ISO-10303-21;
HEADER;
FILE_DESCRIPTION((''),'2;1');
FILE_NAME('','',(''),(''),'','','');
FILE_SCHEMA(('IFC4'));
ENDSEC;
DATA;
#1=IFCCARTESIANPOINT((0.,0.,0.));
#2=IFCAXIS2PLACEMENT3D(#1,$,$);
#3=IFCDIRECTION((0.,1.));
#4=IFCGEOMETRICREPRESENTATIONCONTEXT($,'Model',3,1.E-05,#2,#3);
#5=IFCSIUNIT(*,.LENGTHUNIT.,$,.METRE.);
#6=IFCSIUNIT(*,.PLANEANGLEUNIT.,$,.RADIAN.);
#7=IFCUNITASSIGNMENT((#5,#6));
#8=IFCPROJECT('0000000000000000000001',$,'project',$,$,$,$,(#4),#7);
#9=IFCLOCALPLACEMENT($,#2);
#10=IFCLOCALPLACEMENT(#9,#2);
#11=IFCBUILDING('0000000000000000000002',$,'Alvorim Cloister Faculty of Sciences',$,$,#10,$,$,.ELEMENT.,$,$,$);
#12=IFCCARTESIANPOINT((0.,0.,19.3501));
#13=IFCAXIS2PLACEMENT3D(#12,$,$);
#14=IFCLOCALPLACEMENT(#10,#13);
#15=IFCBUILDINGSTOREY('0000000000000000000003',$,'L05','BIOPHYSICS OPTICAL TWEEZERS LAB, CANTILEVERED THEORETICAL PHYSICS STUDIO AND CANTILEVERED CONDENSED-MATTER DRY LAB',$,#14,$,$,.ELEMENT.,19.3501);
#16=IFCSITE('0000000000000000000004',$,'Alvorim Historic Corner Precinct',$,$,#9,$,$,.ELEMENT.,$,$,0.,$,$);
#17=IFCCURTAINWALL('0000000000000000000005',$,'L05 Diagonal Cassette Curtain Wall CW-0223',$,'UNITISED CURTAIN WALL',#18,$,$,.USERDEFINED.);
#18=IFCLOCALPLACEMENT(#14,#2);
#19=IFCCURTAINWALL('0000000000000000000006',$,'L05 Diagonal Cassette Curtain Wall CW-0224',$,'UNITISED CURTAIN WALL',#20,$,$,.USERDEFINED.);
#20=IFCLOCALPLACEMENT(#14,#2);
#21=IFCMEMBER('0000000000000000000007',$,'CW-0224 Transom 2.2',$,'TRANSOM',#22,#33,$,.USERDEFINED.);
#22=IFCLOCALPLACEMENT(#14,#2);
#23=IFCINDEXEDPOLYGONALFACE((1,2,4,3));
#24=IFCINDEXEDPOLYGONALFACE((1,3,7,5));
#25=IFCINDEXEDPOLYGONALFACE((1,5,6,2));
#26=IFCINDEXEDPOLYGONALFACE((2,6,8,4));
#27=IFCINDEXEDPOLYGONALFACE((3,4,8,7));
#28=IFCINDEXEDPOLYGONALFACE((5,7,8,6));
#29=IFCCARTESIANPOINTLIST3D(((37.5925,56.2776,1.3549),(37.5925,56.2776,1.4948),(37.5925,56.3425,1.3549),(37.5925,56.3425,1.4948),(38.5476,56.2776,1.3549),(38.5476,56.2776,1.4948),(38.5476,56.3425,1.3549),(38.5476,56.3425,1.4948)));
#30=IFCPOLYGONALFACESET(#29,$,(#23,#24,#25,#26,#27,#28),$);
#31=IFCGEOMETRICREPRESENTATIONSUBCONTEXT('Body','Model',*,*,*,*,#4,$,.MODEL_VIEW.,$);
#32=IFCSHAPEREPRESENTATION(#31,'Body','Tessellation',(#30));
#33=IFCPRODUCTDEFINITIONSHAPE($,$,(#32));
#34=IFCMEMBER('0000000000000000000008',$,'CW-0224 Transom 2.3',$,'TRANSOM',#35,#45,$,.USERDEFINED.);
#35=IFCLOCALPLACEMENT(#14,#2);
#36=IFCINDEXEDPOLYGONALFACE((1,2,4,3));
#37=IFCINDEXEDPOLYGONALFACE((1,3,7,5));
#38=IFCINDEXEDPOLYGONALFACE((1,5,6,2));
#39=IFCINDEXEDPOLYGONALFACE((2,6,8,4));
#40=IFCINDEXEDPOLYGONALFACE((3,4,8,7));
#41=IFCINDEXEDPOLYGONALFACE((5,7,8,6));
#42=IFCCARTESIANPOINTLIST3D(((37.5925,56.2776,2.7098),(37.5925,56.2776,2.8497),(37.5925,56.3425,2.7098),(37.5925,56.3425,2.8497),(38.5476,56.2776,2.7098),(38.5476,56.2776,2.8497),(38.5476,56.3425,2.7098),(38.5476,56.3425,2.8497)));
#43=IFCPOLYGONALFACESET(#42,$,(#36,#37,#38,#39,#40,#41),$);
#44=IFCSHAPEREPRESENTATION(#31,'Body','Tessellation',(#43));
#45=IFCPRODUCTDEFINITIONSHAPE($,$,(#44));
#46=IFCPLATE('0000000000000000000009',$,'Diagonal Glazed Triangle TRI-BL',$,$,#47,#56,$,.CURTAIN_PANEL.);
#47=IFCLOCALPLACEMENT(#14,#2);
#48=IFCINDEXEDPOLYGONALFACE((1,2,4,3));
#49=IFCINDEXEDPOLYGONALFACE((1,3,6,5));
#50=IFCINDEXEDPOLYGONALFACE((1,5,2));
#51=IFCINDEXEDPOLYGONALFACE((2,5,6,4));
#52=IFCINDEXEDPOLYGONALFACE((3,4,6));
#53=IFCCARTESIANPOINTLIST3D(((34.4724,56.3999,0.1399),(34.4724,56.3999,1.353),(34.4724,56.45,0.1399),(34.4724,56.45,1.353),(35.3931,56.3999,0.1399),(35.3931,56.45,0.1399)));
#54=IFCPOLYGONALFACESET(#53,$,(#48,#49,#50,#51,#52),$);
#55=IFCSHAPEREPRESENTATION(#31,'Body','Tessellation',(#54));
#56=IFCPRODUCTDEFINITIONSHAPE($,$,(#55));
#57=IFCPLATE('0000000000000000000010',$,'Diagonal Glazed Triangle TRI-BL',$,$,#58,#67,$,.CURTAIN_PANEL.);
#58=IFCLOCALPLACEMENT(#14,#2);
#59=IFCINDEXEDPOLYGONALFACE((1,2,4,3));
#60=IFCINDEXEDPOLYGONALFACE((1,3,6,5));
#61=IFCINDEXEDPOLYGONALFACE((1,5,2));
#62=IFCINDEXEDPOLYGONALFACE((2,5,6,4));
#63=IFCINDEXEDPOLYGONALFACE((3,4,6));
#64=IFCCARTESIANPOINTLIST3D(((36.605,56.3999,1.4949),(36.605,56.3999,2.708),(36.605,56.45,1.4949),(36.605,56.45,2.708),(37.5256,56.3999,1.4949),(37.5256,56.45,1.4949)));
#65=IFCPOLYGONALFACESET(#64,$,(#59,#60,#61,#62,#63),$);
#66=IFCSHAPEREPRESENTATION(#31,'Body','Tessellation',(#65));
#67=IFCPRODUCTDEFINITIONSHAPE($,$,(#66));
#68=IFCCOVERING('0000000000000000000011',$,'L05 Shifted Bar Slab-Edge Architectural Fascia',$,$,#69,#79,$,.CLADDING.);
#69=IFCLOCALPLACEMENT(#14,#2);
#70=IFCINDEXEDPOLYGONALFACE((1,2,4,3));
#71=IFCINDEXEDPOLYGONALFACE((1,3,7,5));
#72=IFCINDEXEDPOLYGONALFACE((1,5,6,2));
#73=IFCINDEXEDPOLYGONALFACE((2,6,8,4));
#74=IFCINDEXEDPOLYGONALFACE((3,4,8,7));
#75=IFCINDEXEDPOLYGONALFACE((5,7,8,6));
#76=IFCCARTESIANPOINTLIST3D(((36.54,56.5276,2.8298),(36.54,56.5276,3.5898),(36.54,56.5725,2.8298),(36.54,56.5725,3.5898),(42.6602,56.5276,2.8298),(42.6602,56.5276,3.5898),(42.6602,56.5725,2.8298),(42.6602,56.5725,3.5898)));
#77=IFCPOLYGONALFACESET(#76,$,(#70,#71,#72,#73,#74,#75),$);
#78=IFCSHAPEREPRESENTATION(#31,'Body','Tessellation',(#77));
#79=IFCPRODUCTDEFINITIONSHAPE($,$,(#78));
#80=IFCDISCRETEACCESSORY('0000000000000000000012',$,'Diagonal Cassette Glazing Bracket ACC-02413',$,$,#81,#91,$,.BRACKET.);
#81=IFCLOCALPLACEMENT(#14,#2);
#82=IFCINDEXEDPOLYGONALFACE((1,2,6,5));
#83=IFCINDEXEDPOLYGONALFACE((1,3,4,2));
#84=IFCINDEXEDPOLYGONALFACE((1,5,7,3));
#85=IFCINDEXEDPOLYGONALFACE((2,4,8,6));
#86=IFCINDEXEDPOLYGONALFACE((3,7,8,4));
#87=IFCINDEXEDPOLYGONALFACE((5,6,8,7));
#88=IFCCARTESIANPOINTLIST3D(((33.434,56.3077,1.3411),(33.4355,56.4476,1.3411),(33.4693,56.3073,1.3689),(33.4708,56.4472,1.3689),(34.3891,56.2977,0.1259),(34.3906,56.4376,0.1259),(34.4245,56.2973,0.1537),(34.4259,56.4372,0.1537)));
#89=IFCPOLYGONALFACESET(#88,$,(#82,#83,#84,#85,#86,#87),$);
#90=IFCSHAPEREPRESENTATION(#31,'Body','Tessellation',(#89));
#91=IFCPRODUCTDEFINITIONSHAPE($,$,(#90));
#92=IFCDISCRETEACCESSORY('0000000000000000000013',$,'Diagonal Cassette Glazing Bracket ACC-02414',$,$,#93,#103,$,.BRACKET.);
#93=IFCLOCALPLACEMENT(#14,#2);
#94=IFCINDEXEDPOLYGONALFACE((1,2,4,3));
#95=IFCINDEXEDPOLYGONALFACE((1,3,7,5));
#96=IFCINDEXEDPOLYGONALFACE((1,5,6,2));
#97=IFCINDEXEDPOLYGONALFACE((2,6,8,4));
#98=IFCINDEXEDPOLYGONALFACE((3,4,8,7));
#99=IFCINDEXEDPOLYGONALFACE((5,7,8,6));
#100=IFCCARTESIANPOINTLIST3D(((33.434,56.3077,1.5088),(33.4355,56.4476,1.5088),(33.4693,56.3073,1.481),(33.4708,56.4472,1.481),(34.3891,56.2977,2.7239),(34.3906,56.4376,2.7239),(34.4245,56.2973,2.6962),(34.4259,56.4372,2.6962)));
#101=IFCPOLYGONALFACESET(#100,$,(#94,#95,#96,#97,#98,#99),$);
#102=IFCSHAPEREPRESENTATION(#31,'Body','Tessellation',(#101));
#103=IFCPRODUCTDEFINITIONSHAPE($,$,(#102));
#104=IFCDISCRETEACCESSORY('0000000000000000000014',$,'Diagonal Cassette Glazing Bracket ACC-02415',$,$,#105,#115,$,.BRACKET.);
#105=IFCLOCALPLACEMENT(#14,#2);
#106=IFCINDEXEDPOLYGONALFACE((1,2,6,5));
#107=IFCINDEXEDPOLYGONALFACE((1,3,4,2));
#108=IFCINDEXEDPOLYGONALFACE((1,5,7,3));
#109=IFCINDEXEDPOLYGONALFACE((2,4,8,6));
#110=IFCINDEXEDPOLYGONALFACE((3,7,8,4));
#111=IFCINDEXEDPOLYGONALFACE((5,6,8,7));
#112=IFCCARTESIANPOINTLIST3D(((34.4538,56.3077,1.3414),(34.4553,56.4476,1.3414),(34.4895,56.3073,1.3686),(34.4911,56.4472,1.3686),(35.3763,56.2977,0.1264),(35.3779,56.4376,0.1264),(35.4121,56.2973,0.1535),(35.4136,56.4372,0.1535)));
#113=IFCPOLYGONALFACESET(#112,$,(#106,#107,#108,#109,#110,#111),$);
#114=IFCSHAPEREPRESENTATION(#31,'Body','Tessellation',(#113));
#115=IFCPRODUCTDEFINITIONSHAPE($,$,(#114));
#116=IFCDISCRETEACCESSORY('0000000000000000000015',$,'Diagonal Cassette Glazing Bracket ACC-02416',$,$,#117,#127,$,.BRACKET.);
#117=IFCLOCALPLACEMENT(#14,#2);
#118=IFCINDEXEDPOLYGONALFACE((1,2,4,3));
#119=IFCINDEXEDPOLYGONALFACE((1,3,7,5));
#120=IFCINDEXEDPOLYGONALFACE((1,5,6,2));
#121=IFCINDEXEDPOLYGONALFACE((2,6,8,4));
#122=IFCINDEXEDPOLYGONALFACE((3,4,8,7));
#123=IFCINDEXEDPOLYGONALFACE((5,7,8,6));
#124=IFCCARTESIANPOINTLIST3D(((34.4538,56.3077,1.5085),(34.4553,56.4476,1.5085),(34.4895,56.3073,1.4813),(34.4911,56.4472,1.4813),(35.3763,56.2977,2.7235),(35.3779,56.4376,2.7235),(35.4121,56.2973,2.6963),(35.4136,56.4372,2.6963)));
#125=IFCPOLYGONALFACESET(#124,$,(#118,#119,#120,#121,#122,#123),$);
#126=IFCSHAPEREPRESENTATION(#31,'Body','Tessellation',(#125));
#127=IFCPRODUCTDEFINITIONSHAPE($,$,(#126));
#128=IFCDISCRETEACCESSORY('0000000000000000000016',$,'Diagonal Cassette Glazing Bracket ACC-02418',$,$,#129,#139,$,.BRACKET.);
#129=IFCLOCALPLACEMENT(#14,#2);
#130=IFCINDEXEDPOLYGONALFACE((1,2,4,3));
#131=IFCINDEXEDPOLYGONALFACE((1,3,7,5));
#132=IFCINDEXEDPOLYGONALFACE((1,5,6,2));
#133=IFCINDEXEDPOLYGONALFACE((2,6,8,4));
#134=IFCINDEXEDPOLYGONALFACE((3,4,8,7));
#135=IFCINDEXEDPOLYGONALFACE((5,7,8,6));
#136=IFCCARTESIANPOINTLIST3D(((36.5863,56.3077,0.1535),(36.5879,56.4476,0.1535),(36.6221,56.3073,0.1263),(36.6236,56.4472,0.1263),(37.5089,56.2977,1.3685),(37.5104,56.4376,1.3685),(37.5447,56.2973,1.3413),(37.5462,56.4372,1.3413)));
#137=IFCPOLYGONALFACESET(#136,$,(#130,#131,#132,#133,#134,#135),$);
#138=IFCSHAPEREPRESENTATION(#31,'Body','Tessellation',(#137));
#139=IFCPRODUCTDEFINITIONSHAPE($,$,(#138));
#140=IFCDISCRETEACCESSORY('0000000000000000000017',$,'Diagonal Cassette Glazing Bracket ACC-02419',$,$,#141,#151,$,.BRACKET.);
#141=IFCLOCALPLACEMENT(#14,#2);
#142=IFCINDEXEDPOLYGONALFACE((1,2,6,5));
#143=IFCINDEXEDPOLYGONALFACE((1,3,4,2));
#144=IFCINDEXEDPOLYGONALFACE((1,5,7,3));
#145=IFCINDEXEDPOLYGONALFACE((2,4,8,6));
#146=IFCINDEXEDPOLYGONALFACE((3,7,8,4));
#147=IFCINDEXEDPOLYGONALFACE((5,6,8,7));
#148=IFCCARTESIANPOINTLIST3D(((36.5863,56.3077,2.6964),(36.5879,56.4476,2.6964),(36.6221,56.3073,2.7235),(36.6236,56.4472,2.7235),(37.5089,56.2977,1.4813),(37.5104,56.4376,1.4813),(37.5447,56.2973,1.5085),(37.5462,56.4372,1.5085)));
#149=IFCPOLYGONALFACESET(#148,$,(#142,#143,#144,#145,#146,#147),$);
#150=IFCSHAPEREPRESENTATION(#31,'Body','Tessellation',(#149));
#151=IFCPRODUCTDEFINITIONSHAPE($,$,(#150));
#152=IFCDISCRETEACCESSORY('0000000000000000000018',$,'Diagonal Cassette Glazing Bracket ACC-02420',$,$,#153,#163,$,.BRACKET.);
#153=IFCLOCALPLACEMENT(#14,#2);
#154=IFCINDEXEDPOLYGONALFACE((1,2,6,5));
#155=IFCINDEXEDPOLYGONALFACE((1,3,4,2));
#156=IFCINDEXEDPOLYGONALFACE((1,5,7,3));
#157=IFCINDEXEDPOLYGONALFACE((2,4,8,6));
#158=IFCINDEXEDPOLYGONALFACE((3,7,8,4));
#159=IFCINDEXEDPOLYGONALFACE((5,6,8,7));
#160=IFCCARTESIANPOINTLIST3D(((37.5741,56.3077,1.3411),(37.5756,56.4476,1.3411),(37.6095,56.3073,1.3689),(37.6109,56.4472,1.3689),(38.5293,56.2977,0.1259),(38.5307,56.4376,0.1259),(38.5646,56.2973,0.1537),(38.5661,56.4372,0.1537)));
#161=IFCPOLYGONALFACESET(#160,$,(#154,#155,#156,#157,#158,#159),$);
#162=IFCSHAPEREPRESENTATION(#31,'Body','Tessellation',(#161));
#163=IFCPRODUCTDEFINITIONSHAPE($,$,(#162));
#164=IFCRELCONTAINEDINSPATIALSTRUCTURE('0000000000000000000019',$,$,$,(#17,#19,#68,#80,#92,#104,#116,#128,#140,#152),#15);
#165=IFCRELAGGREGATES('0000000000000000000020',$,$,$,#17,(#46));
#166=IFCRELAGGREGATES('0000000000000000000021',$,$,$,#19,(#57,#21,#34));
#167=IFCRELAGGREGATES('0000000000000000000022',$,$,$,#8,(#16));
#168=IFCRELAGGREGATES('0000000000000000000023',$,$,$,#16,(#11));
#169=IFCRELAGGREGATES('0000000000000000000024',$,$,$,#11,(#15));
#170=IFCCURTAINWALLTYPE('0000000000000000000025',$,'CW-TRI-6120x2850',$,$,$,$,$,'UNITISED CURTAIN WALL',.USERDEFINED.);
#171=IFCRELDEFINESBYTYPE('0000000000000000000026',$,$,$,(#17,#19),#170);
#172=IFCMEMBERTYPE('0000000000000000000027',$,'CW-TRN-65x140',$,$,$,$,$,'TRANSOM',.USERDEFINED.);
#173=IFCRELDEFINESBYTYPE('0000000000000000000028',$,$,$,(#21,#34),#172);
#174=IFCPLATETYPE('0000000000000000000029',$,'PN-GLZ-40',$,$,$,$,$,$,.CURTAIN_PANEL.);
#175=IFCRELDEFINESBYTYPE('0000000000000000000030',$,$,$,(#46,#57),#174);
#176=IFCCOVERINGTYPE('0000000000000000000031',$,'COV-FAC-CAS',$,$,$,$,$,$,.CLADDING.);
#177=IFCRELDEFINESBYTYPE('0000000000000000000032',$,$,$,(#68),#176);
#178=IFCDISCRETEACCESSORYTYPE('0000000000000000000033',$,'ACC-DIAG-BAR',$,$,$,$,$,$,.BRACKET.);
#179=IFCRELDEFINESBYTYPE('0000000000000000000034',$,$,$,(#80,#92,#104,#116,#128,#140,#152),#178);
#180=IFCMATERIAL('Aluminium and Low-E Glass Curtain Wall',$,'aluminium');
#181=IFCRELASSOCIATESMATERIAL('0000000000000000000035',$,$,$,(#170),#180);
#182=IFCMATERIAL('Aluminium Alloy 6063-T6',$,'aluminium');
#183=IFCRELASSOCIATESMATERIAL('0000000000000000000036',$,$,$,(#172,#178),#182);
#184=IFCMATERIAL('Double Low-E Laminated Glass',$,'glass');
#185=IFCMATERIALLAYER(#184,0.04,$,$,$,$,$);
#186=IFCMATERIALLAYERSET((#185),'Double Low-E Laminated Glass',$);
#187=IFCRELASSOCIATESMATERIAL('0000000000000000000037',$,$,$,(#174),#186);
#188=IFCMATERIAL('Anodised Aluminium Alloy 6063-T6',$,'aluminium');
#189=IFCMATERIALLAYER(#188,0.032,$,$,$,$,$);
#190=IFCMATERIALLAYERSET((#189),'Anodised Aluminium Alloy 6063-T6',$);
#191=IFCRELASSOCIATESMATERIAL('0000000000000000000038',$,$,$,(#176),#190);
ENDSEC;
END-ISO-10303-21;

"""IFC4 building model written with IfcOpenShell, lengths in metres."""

from ifc_helpers import new_model, si_unit, direction, frame, origin, origin_2d, place, context, subcontext, project, spatial, polyline, rectangle, outline, extrude, material, layer, layer_set, material_profile, profile_set, type_object, element, aggregate, save


model = new_model("IFC4")

# Units and contexts
model_context = context("Model", 3, precision=1e-05, world=origin(), true_north=direction((0.0, 1.0)))
body_context = subcontext(model_context, "Body", "Model", "MODEL_VIEW")
ifc_project = project(units=[si_unit("LENGTHUNIT", "METRE"), si_unit("PLANEANGLEUNIT", "RADIAN")], contexts=[model_context])

# Site, building, storey
site_placement = place(None, origin())
site = spatial("IfcSite", under=ifc_project, at=site_placement, Name="Alvorim Historic Corner Precinct", CompositionType="ELEMENT", RefElevation=0.0)
building_placement = place(site_placement, origin())
building = spatial("IfcBuilding", under=site, at=building_placement, Name="Alvorim Cloister Faculty of Sciences", CompositionType="ELEMENT")
storey_placement = place(building_placement, frame((0.0, 0.0, 19.3501)))
storey = spatial("IfcBuildingStorey", under=building, at=storey_placement, Name="L05", Description="BIOPHYSICS OPTICAL TWEEZERS LAB, CANTILEVERED THEORETICAL PHYSICS STUDIO AND CANTILEVERED CONDENSED-MATTER DRY LAB", CompositionType="ELEMENT", Elevation=19.3501)

# Curtain walls
ifc_material_1 = material(Name="Aluminium and Low-E Glass Curtain Wall", Category="aluminium")
curtain_wall_type = type_object("IfcCurtainWallType", Name="CW-TRI-6120x2850", ElementType="UNITISED CURTAIN WALL", PredefinedType="USERDEFINED", material=ifc_material_1)
curtain_wall_1_placement = place(storey_placement, origin())
curtain_wall_1 = element("IfcCurtainWall", 1, at=curtain_wall_1_placement, inside=storey, type_object=curtain_wall_type, Name="L05 Diagonal Cassette Curtain Wall CW-0223", ObjectType="UNITISED CURTAIN WALL", PredefinedType="USERDEFINED")
ifc_material_2 = material(Name="Aluminium Alloy 6063-T6", Category="aluminium")
curtain_wall_2_placement = place(storey_placement, origin())
curtain_wall_2 = element("IfcCurtainWall", 2, at=curtain_wall_2_placement, inside=storey, type_object=curtain_wall_type, Name="L05 Diagonal Cassette Curtain Wall CW-0224", ObjectType="UNITISED CURTAIN WALL", PredefinedType="USERDEFINED")

# Members
ifc_material_profile_1 = material_profile(ifc_material_2, rectangle(XDim=0.0649, YDim=0.1399, at=origin_2d()), Name="ALU-TRN-65x140")
ifc_profile_set_1 = profile_set([ifc_material_profile_1], Name="Aluminium Alloy 6063-T6")
member_type_1 = type_object("IfcMemberType", Name="CW-TRN-65x140", ElementType="TRANSOM", PredefinedType="USERDEFINED", material=ifc_profile_set_1)
member_1_placement = place(storey_placement, frame((37.5925, 56.3101, 1.4248), z_axis=(1.0, 0.0, 0.0), x_axis=(0.0, 1.0, 0.0)))
member_1 = element("IfcMember", 3, at=member_1_placement, type_object=member_type_1, Name="CW-0224 Transom 2.2", ObjectType="TRANSOM", PredefinedType="USERDEFINED", context=body_context, shape_type="SweptSolid", body=[
    extrude(rectangle(XDim=0.0649, YDim=0.1399, at=origin_2d()), origin(), (0.0, 0.0, 1.0), 0.9551),
])
member_2_placement = place(storey_placement, frame((37.5925, 56.3101, 2.7798), z_axis=(1.0, 0.0, 0.0), x_axis=(0.0, 1.0, 0.0)))
member_2 = element("IfcMember", 4, at=member_2_placement, type_object=member_type_1, Name="CW-0224 Transom 2.3", ObjectType="TRANSOM", PredefinedType="USERDEFINED", context=body_context, shape_type="SweptSolid", body=[
    extrude(rectangle(XDim=0.0649, YDim=0.1399, at=origin_2d()), origin(), (0.0, 0.0, 1.0), 0.9551),
])

# Plates
ifc_material_3 = material(Name="Double Low-E Laminated Glass", Category="glass")
ifc_layer_1 = layer(ifc_material_3, 0.04)
ifc_layer_set_1 = layer_set([ifc_layer_1], Name="Double Low-E Laminated Glass")
plate_type = type_object("IfcPlateType", Name="PN-GLZ-40", PredefinedType="CURTAIN_PANEL", material=ifc_layer_set_1)
plate_1_placement = place(storey_placement, frame((34.4724, 56.425, 0.1399), z_axis=(0.0, 0.0, 1.0), x_axis=(1.0, 0.0, 0.0)))
plate_1 = element("IfcPlate", 5, at=plate_1_placement, type_object=plate_type, Name="Diagonal Glazed Triangle TRI-BL", PredefinedType="CURTAIN_PANEL", context=body_context, shape_type="SweptSolid", body=[
    extrude(outline(polyline([(0.0, 0.0), (0.9207, 0.0), (0.0, 1.2131), (0.0, 0.0)])), frame((0.0, 0.0249, 0.0), z_axis=(0.0, -1.0, 0.0), x_axis=(1.0, 0.0, 0.0)), (0.0, 0.0, 1.0), 0.05),
])
aggregate(curtain_wall_1, [plate_1])
plate_2_placement = place(storey_placement, frame((36.605, 56.425, 1.4949), z_axis=(0.0, 0.0, 1.0), x_axis=(1.0, 0.0, 0.0)))
plate_2 = element("IfcPlate", 6, at=plate_2_placement, type_object=plate_type, Name="Diagonal Glazed Triangle TRI-BL", PredefinedType="CURTAIN_PANEL", context=body_context, shape_type="SweptSolid", body=[
    extrude(outline(polyline([(0.0, 0.0), (0.9207, 0.0), (0.0, 1.2131), (0.0, 0.0)])), frame((0.0, 0.0249, 0.0), z_axis=(0.0, -1.0, 0.0), x_axis=(1.0, 0.0, 0.0)), (0.0, 0.0, 1.0), 0.05),
])
aggregate(curtain_wall_2, [plate_2, member_1, member_2])

# Covering
ifc_material_4 = material(Name="Anodised Aluminium Alloy 6063-T6", Category="aluminium")
ifc_layer_2 = layer(ifc_material_4, 0.032)
ifc_layer_set_2 = layer_set([ifc_layer_2], Name="Anodised Aluminium Alloy 6063-T6")
covering_type = type_object("IfcCoveringType", Name="COV-FAC-CAS", PredefinedType="CLADDING", material=ifc_layer_set_2)
covering_placement = place(storey_placement, frame((36.54, 56.55, 2.8298), z_axis=(0.0, 0.0, 1.0), x_axis=(1.0, 0.0, 0.0)))
element("IfcCovering", 7, at=covering_placement, inside=storey, type_object=covering_type, Name="L05 Shifted Bar Slab-Edge Architectural Fascia", PredefinedType="CLADDING", context=body_context, shape_type="SweptSolid", body=[
    extrude(outline(polyline([(0.0, 0.0), (6.1201, 0.0), (6.1201, 0.76), (0.0, 0.76), (0.0, 0.0)])), frame((0.0, 0.0225, 0.0), z_axis=(0.0, -1.0, 0.0), x_axis=(1.0, 0.0, 0.0)), (0.0, 0.0, 1.0), 0.0449),
])

# Discrete accessories
discrete_accessory_type = type_object("IfcDiscreteAccessoryType", Name="ACC-DIAG-BAR", PredefinedType="BRACKET", material=ifc_material_2)
for number, where, z_axis, x_axis, name in (
    (8, (33.4524, 56.3774, 1.355), (0.617955, -0.006477, -0.786187), (0.01048, 0.999945, 0.0), "Diagonal Cassette Glazing Bracket ACC-02413"),
    (9, (33.4524, 56.3774, 1.4949), (0.617955, -0.006477, 0.786187), (0.01048, 0.999945, 0.0), "Diagonal Cassette Glazing Bracket ACC-02414"),
):
    element("IfcDiscreteAccessory", number, at=place(storey_placement, frame(where, z_axis=z_axis, x_axis=x_axis)), inside=storey, type_object=discrete_accessory_type, Name=name, PredefinedType="BRACKET", context=body_context, shape_type="SweptSolid", body=[
        extrude(rectangle(XDim=0.1399, YDim=0.0449, at=origin_2d()), origin(), (0.0, 0.0, 1.0), 1.5457),
    ])
for number, where, z_axis, x_axis, name in (
    (10, (34.4724, 56.3774, 1.355), (0.604713, -0.006561, -0.796416), (0.010849, 0.999941, 0.0), "Diagonal Cassette Glazing Bracket ACC-02415"),
    (11, (34.4724, 56.3774, 1.4949), (0.604713, -0.006561, 0.796416), (0.010849, 0.999941, 0.0), "Diagonal Cassette Glazing Bracket ACC-02416"),
    (12, (36.605, 56.3774, 0.1399), (0.604713, -0.006561, 0.796416), (0.010849, 0.999941, 0.0), "Diagonal Cassette Glazing Bracket ACC-02418"),
    (13, (36.605, 56.3774, 2.71), (0.604713, -0.006561, -0.796416), (0.010849, 0.999941, 0.0), "Diagonal Cassette Glazing Bracket ACC-02419"),
):
    element("IfcDiscreteAccessory", number, at=place(storey_placement, frame(where, z_axis=z_axis, x_axis=x_axis)), inside=storey, type_object=discrete_accessory_type, Name=name, PredefinedType="BRACKET", context=body_context, shape_type="SweptSolid", body=[
        extrude(rectangle(XDim=0.1399, YDim=0.0449, at=origin_2d()), origin(), (0.0, 0.0, 1.0), 1.5256),
    ])
discrete_accessory_placement = place(storey_placement, frame((37.5925, 56.3774, 1.355), z_axis=(0.617955, -0.006477, -0.786187), x_axis=(0.01048, 0.999945, 0.0)))
element("IfcDiscreteAccessory", 14, at=discrete_accessory_placement, inside=storey, type_object=discrete_accessory_type, Name="Diagonal Cassette Glazing Bracket ACC-02420", PredefinedType="BRACKET", context=body_context, shape_type="SweptSolid", body=[
    extrude(rectangle(XDim=0.1399, YDim=0.0449, at=origin_2d()), origin(), (0.0, 0.0, 1.0), 1.5457),
])

save(model, "model.ifc")
